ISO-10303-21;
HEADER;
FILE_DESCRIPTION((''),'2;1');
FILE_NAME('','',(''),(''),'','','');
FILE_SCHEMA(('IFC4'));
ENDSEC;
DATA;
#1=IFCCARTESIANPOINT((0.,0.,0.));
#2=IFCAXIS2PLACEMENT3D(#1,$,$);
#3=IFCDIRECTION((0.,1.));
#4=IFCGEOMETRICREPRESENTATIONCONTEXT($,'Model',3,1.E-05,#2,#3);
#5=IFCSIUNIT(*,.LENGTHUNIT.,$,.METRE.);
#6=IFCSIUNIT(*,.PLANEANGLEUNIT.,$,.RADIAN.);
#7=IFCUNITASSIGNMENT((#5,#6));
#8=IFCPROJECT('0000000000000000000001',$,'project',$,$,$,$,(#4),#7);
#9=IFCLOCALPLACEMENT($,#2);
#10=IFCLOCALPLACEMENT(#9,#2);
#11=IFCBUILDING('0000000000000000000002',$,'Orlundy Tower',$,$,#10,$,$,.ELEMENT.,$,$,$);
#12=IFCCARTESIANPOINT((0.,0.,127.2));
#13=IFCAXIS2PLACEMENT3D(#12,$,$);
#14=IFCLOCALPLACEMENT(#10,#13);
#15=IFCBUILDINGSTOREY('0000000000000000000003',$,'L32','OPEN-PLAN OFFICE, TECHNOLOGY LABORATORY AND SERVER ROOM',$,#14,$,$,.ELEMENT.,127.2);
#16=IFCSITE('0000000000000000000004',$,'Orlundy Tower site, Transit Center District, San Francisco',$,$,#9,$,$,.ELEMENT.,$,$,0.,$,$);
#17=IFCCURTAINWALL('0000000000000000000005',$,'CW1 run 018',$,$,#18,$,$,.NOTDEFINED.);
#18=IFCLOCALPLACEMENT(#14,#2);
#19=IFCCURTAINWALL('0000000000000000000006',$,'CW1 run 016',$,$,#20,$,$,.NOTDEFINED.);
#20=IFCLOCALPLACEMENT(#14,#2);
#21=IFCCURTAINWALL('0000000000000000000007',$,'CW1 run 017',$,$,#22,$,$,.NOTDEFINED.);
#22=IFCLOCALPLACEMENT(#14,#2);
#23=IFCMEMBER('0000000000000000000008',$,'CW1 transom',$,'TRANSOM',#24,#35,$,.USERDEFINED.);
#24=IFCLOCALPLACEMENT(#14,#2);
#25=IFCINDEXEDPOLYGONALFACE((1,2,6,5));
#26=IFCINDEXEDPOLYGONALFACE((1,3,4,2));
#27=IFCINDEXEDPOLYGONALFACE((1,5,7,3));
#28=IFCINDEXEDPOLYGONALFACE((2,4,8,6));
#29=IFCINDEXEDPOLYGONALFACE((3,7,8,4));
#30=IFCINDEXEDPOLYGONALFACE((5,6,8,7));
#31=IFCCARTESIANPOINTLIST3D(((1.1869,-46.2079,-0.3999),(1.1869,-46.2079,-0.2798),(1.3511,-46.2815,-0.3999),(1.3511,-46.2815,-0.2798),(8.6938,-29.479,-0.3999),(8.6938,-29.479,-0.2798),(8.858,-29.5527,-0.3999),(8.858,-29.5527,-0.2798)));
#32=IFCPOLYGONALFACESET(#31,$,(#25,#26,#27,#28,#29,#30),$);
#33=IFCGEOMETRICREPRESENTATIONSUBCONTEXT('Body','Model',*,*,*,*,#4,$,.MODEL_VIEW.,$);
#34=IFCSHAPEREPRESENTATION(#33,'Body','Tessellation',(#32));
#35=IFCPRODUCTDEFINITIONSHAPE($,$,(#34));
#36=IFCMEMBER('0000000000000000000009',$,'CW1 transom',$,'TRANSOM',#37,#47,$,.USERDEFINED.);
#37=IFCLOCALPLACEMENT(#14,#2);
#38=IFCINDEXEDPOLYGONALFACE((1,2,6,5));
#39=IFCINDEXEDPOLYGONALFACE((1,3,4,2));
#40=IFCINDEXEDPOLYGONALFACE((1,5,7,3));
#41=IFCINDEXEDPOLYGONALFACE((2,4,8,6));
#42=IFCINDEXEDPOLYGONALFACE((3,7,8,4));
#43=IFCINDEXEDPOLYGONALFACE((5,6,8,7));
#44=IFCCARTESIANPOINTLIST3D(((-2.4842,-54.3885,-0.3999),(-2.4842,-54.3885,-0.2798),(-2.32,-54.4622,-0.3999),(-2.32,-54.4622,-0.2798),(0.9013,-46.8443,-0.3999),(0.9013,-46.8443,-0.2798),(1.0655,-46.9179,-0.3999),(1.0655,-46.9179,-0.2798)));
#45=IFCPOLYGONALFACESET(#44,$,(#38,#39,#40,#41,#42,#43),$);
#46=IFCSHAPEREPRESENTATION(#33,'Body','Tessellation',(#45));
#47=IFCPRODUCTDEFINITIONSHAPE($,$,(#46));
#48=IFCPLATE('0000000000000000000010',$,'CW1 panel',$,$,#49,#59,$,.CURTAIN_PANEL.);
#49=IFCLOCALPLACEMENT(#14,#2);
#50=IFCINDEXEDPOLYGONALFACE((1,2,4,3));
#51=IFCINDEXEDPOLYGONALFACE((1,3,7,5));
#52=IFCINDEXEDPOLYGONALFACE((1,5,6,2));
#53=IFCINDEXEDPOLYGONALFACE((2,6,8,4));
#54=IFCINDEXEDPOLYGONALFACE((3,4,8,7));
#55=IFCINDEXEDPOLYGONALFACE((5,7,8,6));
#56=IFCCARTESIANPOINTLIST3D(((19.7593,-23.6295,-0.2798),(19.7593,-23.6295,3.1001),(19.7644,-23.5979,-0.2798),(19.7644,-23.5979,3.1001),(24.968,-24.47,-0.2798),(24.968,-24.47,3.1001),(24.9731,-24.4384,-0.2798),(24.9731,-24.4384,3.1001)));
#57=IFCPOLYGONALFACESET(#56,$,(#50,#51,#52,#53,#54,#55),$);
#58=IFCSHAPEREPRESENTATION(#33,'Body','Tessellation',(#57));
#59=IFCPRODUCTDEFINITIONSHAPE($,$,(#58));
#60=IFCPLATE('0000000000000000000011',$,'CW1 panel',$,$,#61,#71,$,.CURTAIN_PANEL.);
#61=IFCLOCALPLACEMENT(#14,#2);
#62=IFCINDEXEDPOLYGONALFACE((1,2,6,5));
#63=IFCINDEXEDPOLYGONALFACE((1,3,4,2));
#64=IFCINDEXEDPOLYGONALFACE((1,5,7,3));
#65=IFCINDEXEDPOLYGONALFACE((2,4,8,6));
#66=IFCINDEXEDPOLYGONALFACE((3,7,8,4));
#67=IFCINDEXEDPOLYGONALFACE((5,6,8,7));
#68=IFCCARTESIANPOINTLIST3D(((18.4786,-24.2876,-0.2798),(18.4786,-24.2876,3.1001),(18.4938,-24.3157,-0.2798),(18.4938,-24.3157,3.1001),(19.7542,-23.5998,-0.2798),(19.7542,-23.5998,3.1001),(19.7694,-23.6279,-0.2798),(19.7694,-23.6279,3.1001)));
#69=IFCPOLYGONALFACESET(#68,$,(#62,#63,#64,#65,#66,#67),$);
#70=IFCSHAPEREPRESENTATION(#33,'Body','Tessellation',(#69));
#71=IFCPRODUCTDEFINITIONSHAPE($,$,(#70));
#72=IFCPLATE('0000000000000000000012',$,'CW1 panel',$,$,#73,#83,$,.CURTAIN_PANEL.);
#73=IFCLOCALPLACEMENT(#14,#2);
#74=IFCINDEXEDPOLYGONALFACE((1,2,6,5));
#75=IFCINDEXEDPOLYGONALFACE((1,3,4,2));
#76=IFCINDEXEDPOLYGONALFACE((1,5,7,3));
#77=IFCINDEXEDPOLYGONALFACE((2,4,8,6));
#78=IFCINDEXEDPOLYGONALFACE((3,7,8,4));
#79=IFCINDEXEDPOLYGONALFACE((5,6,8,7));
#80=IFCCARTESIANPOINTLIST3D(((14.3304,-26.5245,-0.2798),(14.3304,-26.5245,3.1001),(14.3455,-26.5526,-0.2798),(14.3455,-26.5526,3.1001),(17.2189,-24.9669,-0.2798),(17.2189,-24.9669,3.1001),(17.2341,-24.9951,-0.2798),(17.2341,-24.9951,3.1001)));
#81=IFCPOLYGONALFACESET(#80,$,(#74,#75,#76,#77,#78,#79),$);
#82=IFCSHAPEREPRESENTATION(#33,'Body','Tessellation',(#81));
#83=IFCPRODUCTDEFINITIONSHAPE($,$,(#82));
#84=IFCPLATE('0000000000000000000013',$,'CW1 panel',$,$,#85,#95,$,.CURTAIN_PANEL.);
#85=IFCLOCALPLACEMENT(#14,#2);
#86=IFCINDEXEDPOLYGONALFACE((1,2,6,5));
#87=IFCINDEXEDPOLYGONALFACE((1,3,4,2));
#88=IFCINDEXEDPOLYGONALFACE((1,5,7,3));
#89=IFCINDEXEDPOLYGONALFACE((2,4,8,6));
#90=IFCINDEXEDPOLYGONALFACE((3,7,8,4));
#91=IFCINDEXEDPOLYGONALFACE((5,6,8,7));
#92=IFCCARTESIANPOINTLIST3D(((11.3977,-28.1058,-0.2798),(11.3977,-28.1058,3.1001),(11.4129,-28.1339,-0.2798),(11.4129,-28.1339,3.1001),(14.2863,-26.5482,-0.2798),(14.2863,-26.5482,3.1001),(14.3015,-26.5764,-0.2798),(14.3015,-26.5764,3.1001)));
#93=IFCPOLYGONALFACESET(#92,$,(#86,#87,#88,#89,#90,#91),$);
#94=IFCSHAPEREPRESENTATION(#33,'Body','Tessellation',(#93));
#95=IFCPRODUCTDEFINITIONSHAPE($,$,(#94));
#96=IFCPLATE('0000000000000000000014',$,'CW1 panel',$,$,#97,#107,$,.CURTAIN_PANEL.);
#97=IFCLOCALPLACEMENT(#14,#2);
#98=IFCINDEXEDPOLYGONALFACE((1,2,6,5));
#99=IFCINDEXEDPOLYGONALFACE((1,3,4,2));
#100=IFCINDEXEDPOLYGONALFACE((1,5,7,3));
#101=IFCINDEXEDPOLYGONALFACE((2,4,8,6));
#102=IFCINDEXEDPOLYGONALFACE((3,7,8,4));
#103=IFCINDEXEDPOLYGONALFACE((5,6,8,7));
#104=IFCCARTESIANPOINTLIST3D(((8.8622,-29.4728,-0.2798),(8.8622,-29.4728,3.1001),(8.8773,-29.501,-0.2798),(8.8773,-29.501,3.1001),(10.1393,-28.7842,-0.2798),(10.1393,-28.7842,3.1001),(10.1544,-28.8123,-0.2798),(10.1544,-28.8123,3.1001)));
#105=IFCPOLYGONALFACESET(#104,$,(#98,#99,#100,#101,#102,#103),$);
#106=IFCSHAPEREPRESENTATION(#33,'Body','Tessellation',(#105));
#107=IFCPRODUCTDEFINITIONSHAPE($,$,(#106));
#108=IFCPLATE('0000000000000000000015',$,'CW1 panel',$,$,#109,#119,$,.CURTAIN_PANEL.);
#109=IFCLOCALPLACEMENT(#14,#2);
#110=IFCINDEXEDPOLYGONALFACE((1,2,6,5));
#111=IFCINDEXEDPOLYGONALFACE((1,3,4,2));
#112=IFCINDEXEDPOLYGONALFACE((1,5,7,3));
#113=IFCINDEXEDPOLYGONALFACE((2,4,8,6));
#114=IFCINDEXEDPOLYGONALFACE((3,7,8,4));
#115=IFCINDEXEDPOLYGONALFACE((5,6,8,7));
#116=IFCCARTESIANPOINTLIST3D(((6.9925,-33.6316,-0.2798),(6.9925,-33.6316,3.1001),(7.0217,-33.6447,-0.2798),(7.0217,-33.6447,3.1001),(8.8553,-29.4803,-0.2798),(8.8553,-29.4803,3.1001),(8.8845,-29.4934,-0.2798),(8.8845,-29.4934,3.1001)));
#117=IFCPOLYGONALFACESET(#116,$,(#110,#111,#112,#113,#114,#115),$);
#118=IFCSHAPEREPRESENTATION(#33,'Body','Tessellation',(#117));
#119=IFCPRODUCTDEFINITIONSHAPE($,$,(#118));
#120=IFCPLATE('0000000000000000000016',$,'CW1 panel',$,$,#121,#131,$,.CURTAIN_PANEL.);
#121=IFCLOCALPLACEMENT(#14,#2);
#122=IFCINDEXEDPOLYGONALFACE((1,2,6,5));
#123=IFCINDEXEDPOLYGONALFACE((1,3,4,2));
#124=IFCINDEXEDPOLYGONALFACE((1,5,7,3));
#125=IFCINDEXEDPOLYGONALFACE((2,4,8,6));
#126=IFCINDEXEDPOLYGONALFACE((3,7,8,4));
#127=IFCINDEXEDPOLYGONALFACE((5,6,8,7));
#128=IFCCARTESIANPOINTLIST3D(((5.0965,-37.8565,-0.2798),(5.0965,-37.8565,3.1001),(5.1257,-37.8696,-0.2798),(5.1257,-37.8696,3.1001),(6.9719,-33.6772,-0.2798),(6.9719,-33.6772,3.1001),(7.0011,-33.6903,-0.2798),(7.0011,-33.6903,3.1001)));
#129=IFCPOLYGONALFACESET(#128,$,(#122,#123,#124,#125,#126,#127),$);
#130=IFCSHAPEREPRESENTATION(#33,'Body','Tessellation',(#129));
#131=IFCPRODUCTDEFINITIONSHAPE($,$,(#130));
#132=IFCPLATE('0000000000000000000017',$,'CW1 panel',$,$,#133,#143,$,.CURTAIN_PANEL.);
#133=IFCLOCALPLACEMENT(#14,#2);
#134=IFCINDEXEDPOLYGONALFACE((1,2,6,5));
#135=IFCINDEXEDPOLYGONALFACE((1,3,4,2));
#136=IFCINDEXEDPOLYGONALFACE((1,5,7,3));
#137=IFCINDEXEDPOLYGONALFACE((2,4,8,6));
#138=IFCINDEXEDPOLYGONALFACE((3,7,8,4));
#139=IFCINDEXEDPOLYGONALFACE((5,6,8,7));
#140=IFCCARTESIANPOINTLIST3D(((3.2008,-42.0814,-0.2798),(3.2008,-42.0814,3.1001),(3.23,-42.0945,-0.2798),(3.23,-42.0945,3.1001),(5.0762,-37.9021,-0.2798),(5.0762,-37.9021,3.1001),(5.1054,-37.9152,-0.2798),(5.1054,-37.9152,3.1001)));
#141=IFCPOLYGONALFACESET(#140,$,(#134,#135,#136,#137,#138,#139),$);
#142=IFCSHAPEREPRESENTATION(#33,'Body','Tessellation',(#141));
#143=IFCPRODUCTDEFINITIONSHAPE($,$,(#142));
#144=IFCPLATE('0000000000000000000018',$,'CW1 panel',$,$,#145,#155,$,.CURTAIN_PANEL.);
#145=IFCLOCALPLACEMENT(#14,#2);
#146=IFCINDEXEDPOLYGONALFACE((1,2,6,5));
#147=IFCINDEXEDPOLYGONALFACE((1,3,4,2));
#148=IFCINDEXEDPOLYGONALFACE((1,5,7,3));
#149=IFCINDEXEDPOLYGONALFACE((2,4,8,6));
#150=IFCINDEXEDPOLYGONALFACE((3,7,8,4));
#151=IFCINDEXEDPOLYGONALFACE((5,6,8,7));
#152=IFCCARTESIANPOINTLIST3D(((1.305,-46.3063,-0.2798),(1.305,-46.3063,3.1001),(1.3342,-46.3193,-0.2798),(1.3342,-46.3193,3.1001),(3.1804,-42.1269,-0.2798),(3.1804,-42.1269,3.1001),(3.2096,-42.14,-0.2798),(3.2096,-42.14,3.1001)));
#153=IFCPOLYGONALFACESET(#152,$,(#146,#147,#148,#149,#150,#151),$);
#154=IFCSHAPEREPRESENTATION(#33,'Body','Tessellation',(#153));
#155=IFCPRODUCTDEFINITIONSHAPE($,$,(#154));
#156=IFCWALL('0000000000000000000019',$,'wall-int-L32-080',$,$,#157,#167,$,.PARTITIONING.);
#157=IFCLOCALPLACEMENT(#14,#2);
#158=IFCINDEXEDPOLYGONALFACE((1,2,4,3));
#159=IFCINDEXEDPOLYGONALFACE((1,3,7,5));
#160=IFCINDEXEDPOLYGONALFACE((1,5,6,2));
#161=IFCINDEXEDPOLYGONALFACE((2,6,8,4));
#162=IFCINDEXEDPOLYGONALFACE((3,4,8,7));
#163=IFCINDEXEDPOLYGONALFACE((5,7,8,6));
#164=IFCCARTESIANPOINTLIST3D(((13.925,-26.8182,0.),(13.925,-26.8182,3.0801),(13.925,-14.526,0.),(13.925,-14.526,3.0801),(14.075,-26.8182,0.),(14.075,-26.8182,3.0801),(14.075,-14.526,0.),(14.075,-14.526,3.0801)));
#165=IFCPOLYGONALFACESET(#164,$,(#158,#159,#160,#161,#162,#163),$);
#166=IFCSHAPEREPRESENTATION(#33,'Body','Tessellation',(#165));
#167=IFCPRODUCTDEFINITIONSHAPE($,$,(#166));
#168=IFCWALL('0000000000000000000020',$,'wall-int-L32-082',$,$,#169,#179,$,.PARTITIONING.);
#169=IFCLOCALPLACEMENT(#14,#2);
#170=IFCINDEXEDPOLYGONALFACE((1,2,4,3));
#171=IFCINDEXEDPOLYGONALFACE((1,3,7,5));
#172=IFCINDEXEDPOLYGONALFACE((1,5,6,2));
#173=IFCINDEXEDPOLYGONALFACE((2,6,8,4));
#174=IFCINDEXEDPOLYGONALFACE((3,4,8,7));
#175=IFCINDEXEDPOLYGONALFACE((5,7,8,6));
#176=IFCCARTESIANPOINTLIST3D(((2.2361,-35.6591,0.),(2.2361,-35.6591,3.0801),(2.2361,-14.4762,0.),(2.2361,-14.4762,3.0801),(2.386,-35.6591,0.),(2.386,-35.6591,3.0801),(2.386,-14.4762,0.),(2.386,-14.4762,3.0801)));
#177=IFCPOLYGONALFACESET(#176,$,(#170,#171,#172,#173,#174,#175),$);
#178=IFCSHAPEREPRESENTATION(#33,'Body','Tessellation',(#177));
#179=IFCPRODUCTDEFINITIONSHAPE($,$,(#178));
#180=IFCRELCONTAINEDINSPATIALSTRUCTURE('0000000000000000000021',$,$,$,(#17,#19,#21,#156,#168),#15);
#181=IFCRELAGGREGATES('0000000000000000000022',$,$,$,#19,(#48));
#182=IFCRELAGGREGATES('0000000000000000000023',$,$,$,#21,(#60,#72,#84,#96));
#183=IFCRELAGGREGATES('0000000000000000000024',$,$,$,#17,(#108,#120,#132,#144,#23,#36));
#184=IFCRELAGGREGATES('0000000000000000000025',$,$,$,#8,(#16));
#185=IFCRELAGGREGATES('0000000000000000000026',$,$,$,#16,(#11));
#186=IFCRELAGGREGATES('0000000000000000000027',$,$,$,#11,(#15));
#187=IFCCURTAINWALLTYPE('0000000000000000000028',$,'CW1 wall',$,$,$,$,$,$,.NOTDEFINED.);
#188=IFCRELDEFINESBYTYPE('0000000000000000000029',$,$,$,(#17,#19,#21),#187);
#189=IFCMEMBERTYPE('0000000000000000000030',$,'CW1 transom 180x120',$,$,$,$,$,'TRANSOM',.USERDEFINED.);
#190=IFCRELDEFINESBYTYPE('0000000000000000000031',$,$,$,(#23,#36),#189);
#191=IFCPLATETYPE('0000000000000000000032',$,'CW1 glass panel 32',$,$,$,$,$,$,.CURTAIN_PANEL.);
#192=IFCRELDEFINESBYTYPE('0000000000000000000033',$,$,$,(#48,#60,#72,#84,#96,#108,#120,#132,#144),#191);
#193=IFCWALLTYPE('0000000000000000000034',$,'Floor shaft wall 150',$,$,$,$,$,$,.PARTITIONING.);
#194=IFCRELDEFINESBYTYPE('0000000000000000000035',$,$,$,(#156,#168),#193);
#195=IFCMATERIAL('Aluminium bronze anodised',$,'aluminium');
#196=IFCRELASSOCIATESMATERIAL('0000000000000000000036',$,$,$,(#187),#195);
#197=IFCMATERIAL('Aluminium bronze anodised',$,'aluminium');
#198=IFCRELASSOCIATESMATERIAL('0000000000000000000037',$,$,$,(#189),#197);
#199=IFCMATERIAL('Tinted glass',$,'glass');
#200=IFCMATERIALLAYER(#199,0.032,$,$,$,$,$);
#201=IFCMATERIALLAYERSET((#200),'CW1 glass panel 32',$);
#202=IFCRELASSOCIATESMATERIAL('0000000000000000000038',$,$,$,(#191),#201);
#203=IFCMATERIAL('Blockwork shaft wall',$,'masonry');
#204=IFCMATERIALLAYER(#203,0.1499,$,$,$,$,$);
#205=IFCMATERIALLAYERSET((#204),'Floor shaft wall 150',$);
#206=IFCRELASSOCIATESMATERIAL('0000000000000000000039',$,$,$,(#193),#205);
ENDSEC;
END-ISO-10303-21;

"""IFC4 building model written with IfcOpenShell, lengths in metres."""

from ifc_helpers import new_model, si_unit, direction, frame, frame_2d, origin, origin_2d, place, context, subcontext, project, spatial, rectangle, extrude, material, layer, layer_set, material_profile, profile_set, type_object, element, aggregate, save


model = new_model("IFC4")

# Units and contexts
model_context = context("Model", 3, precision=1e-05, world=origin(), true_north=direction((0.0, 1.0)))
body_context = subcontext(model_context, "Body", "Model", "MODEL_VIEW")
ifc_project = project(units=[si_unit("LENGTHUNIT", "METRE"), si_unit("PLANEANGLEUNIT", "RADIAN")], contexts=[model_context])

# Site, building, storey
site_placement = place(None, origin())
site = spatial("IfcSite", under=ifc_project, at=site_placement, Name="Orlundy Tower site, Transit Center District, San Francisco", CompositionType="ELEMENT", RefElevation=0.0)
building_placement = place(site_placement, origin())
building = spatial("IfcBuilding", under=site, at=building_placement, Name="Orlundy Tower", CompositionType="ELEMENT")
storey_placement = place(building_placement, frame((0.0, 0.0, 127.2)))
storey = spatial("IfcBuildingStorey", under=building, at=storey_placement, Name="L32", Description="OPEN-PLAN OFFICE, TECHNOLOGY LABORATORY AND SERVER ROOM", CompositionType="ELEMENT", Elevation=127.2)

# Curtain walls
ifc_material_1 = material(Name="Aluminium bronze anodised", Category="aluminium")
curtain_wall_type = type_object("IfcCurtainWallType", Name="CW1 wall", PredefinedType="NOTDEFINED", material=ifc_material_1)
curtain_wall_1_placement = place(storey_placement, origin())
curtain_wall_1 = element("IfcCurtainWall", 1, at=curtain_wall_1_placement, inside=storey, type_object=curtain_wall_type, Name="CW1 run 018", PredefinedType="NOTDEFINED")
curtain_wall_2_placement = place(storey_placement, origin())
curtain_wall_2 = element("IfcCurtainWall", 2, at=curtain_wall_2_placement, inside=storey, type_object=curtain_wall_type, Name="CW1 run 016", PredefinedType="NOTDEFINED")
curtain_wall_3_placement = place(storey_placement, origin())
curtain_wall_3 = element("IfcCurtainWall", 3, at=curtain_wall_3_placement, inside=storey, type_object=curtain_wall_type, Name="CW1 run 017", PredefinedType="NOTDEFINED")

# Members
ifc_material_2 = material(Name="Aluminium bronze anodised", Category="aluminium")
ifc_material_profile_1 = material_profile(ifc_material_2, rectangle(XDim=0.1799, YDim=0.1201, at=origin_2d()), Name="CW1 transom 180x120")
ifc_profile_set_1 = profile_set([ifc_material_profile_1], Name="Aluminium bronze anodised")
member_type_1 = type_object("IfcMemberType", Name="CW1 transom 180x120", ElementType="TRANSOM", PredefinedType="USERDEFINED", material=ifc_profile_set_1)
member_1_placement = place(storey_placement, frame((8.7759, -29.5159, -0.3398), z_axis=(-0.409407, -0.912352, 0.0), x_axis=(0.912352, -0.409407, 0.0)))
member_1 = element("IfcMember", 4, at=member_1_placement, type_object=member_type_1, Name="CW1 transom", ObjectType="TRANSOM", PredefinedType="USERDEFINED", context=body_context, shape_type="SweptSolid", body=[
    extrude(rectangle(XDim=0.1799, YDim=0.1201, at=origin_2d()), origin(), (0.0, 0.0, 1.0), 18.3359),
])
member_2_placement = place(storey_placement, frame((0.9834, -46.8811, -0.3398), z_axis=(-0.40942, -0.912346, 0.0), x_axis=(0.912346, -0.40942, 0.0)))
member_2 = element("IfcMember", 5, at=member_2_placement, type_object=member_type_1, Name="CW1 transom", ObjectType="TRANSOM", PredefinedType="USERDEFINED", context=body_context, shape_type="SweptSolid", body=[
    extrude(rectangle(XDim=0.1799, YDim=0.1201, at=origin_2d()), origin(), (0.0, 0.0, 1.0), 8.269),
])

# Plates
ifc_material_3 = material(Name="Tinted glass", Category="glass")
ifc_layer_1 = layer(ifc_material_3, 0.032)
ifc_layer_set_1 = layer_set([ifc_layer_1], Name="CW1 glass panel 32")
plate_type = type_object("IfcPlateType", Name="CW1 glass panel 32", PredefinedType="CURTAIN_PANEL", material=ifc_layer_set_1)
plate_1_placement = place(storey_placement, frame((22.3662, -24.0339, -0.2798), z_axis=(0.0, 0.0, 1.0), x_axis=(-0.987228, 0.159311, 0.0)))
plate_1 = element("IfcPlate", 6, at=plate_1_placement, type_object=plate_type, Name="CW1 panel", PredefinedType="CURTAIN_PANEL", context=body_context, shape_type="SweptSolid", body=[
    extrude(rectangle(XDim=5.2761, YDim=0.032, at=origin_2d()), origin(), (0.0, 0.0, 1.0), 3.3799),
])
aggregate(curtain_wall_2, [plate_1])
plate_2_placement = place(storey_placement, frame((19.124, -23.9578, -0.2798), z_axis=(0.0, 0.0, 1.0), x_axis=(-0.880193, -0.474616, 0.0)))
plate_2 = element("IfcPlate", 7, at=plate_2_placement, type_object=plate_type, Name="CW1 panel", PredefinedType="CURTAIN_PANEL", context=body_context, shape_type="SweptSolid", body=[
    extrude(rectangle(XDim=1.4492, YDim=0.032, at=origin_2d()), origin(), (0.0, 0.0, 1.0), 3.3799),
])
plate_3_placement = place(storey_placement, frame((15.7822, -25.7598, -0.2798), z_axis=(0.0, 0.0, 1.0), x_axis=(-0.880193, -0.474616, 0.0)))
plate_3 = element("IfcPlate", 8, at=plate_3_placement, type_object=plate_type, Name="CW1 panel", PredefinedType="CURTAIN_PANEL", context=body_context, shape_type="SweptSolid", body=[
    extrude(rectangle(XDim=3.2817, YDim=0.032, at=origin_2d()), origin(), (0.0, 0.0, 1.0), 3.3799),
])
plate_4_placement = place(storey_placement, frame((12.8496, -27.3411, -0.2798), z_axis=(0.0, 0.0, 1.0), x_axis=(-0.880193, -0.474616, 0.0)))
plate_4 = element("IfcPlate", 9, at=plate_4_placement, type_object=plate_type, Name="CW1 panel", PredefinedType="CURTAIN_PANEL", context=body_context, shape_type="SweptSolid", body=[
    extrude(rectangle(XDim=3.2817, YDim=0.032, at=origin_2d()), origin(), (0.0, 0.0, 1.0), 3.3799),
])
plate_5_placement = place(storey_placement, frame((9.5083, -29.1426, -0.2798), z_axis=(0.0, 0.0, 1.0), x_axis=(-0.880193, -0.474616, 0.0)))
plate_5 = element("IfcPlate", 10, at=plate_5_placement, type_object=plate_type, Name="CW1 panel", PredefinedType="CURTAIN_PANEL", context=body_context, shape_type="SweptSolid", body=[
    extrude(rectangle(XDim=1.4509, YDim=0.032, at=origin_2d()), origin(), (0.0, 0.0, 1.0), 3.3799),
])
aggregate(curtain_wall_3, [plate_2, plate_3, plate_4, plate_5])
plate_6_placement = place(storey_placement, frame((7.9385, -31.5625, -0.2798), z_axis=(0.0, 0.0, 1.0), x_axis=(-0.409405, -0.912353, 0.0)))
plate_6 = element("IfcPlate", 11, at=plate_6_placement, type_object=plate_type, Name="CW1 panel", PredefinedType="CURTAIN_PANEL", context=body_context, shape_type="SweptSolid", body=[
    extrude(rectangle(XDim=4.55, YDim=0.032, at=origin_2d()), origin(), (0.0, 0.0, 1.0), 3.3799),
])
plate_7_placement = place(storey_placement, frame((6.0488, -35.7734, -0.2798), z_axis=(0.0, 0.0, 1.0), x_axis=(-0.409405, -0.912353, 0.0)))
plate_7 = element("IfcPlate", 12, at=plate_7_placement, type_object=plate_type, Name="CW1 panel", PredefinedType="CURTAIN_PANEL", context=body_context, shape_type="SweptSolid", body=[
    extrude(rectangle(XDim=4.5808, YDim=0.032, at=origin_2d()), origin(), (0.0, 0.0, 1.0), 3.3799),
])
plate_8_placement = place(storey_placement, frame((4.1531, -39.9983, -0.2798), z_axis=(0.0, 0.0, 1.0), x_axis=(-0.409405, -0.912353, 0.0)))
plate_8 = element("IfcPlate", 13, at=plate_8_placement, type_object=plate_type, Name="CW1 panel", PredefinedType="CURTAIN_PANEL", context=body_context, shape_type="SweptSolid", body=[
    extrude(rectangle(XDim=4.5808, YDim=0.032, at=origin_2d()), origin(), (0.0, 0.0, 1.0), 3.3799),
])
plate_9_placement = place(storey_placement, frame((2.2573, -44.2231, -0.2798), z_axis=(0.0, 0.0, 1.0), x_axis=(-0.409405, -0.912353, 0.0)))
plate_9 = element("IfcPlate", 14, at=plate_9_placement, type_object=plate_type, Name="CW1 panel", PredefinedType="CURTAIN_PANEL", context=body_context, shape_type="SweptSolid", body=[
    extrude(rectangle(XDim=4.5808, YDim=0.032, at=origin_2d()), origin(), (0.0, 0.0, 1.0), 3.3799),
])
aggregate(curtain_wall_1, [plate_6, plate_7, plate_8, plate_9, member_1, member_2])

# Walls
ifc_material_4 = material(Name="Blockwork shaft wall", Category="masonry")
ifc_layer_2 = layer(ifc_material_4, 0.1499)
ifc_layer_set_2 = layer_set([ifc_layer_2], Name="Floor shaft wall 150")
wall_type = type_object("IfcWallType", Name="Floor shaft wall 150", PredefinedType="PARTITIONING", material=ifc_layer_set_2)
wall_1_placement = place(storey_placement, frame((14.0, -26.8181, 0.0), z_axis=(0.0, 0.0, 1.0), x_axis=(0.0, 1.0, 0.0)))
element("IfcWall", 15, at=wall_1_placement, inside=storey, type_object=wall_type, Name="wall-int-L32-080", PredefinedType="PARTITIONING", context=body_context, shape_type="SweptSolid", body=[
    extrude(rectangle(XDim=12.2922, YDim=0.1499, at=frame_2d((6.146, 0.0))), origin(), (0.0, 0.0, 1.0), 3.0801),
])
wall_2_placement = place(storey_placement, frame((2.311, -35.6589, 0.0), z_axis=(0.0, 0.0, 1.0), x_axis=(0.0, 1.0, 0.0)))
element("IfcWall", 16, at=wall_2_placement, inside=storey, type_object=wall_type, Name="wall-int-L32-082", PredefinedType="PARTITIONING", context=body_context, shape_type="SweptSolid", body=[
    extrude(rectangle(XDim=21.1829, YDim=0.1499, at=frame_2d((10.5913, 0.0))), origin(), (0.0, 0.0, 1.0), 3.0801),
])

save(model, "model.ifc")
